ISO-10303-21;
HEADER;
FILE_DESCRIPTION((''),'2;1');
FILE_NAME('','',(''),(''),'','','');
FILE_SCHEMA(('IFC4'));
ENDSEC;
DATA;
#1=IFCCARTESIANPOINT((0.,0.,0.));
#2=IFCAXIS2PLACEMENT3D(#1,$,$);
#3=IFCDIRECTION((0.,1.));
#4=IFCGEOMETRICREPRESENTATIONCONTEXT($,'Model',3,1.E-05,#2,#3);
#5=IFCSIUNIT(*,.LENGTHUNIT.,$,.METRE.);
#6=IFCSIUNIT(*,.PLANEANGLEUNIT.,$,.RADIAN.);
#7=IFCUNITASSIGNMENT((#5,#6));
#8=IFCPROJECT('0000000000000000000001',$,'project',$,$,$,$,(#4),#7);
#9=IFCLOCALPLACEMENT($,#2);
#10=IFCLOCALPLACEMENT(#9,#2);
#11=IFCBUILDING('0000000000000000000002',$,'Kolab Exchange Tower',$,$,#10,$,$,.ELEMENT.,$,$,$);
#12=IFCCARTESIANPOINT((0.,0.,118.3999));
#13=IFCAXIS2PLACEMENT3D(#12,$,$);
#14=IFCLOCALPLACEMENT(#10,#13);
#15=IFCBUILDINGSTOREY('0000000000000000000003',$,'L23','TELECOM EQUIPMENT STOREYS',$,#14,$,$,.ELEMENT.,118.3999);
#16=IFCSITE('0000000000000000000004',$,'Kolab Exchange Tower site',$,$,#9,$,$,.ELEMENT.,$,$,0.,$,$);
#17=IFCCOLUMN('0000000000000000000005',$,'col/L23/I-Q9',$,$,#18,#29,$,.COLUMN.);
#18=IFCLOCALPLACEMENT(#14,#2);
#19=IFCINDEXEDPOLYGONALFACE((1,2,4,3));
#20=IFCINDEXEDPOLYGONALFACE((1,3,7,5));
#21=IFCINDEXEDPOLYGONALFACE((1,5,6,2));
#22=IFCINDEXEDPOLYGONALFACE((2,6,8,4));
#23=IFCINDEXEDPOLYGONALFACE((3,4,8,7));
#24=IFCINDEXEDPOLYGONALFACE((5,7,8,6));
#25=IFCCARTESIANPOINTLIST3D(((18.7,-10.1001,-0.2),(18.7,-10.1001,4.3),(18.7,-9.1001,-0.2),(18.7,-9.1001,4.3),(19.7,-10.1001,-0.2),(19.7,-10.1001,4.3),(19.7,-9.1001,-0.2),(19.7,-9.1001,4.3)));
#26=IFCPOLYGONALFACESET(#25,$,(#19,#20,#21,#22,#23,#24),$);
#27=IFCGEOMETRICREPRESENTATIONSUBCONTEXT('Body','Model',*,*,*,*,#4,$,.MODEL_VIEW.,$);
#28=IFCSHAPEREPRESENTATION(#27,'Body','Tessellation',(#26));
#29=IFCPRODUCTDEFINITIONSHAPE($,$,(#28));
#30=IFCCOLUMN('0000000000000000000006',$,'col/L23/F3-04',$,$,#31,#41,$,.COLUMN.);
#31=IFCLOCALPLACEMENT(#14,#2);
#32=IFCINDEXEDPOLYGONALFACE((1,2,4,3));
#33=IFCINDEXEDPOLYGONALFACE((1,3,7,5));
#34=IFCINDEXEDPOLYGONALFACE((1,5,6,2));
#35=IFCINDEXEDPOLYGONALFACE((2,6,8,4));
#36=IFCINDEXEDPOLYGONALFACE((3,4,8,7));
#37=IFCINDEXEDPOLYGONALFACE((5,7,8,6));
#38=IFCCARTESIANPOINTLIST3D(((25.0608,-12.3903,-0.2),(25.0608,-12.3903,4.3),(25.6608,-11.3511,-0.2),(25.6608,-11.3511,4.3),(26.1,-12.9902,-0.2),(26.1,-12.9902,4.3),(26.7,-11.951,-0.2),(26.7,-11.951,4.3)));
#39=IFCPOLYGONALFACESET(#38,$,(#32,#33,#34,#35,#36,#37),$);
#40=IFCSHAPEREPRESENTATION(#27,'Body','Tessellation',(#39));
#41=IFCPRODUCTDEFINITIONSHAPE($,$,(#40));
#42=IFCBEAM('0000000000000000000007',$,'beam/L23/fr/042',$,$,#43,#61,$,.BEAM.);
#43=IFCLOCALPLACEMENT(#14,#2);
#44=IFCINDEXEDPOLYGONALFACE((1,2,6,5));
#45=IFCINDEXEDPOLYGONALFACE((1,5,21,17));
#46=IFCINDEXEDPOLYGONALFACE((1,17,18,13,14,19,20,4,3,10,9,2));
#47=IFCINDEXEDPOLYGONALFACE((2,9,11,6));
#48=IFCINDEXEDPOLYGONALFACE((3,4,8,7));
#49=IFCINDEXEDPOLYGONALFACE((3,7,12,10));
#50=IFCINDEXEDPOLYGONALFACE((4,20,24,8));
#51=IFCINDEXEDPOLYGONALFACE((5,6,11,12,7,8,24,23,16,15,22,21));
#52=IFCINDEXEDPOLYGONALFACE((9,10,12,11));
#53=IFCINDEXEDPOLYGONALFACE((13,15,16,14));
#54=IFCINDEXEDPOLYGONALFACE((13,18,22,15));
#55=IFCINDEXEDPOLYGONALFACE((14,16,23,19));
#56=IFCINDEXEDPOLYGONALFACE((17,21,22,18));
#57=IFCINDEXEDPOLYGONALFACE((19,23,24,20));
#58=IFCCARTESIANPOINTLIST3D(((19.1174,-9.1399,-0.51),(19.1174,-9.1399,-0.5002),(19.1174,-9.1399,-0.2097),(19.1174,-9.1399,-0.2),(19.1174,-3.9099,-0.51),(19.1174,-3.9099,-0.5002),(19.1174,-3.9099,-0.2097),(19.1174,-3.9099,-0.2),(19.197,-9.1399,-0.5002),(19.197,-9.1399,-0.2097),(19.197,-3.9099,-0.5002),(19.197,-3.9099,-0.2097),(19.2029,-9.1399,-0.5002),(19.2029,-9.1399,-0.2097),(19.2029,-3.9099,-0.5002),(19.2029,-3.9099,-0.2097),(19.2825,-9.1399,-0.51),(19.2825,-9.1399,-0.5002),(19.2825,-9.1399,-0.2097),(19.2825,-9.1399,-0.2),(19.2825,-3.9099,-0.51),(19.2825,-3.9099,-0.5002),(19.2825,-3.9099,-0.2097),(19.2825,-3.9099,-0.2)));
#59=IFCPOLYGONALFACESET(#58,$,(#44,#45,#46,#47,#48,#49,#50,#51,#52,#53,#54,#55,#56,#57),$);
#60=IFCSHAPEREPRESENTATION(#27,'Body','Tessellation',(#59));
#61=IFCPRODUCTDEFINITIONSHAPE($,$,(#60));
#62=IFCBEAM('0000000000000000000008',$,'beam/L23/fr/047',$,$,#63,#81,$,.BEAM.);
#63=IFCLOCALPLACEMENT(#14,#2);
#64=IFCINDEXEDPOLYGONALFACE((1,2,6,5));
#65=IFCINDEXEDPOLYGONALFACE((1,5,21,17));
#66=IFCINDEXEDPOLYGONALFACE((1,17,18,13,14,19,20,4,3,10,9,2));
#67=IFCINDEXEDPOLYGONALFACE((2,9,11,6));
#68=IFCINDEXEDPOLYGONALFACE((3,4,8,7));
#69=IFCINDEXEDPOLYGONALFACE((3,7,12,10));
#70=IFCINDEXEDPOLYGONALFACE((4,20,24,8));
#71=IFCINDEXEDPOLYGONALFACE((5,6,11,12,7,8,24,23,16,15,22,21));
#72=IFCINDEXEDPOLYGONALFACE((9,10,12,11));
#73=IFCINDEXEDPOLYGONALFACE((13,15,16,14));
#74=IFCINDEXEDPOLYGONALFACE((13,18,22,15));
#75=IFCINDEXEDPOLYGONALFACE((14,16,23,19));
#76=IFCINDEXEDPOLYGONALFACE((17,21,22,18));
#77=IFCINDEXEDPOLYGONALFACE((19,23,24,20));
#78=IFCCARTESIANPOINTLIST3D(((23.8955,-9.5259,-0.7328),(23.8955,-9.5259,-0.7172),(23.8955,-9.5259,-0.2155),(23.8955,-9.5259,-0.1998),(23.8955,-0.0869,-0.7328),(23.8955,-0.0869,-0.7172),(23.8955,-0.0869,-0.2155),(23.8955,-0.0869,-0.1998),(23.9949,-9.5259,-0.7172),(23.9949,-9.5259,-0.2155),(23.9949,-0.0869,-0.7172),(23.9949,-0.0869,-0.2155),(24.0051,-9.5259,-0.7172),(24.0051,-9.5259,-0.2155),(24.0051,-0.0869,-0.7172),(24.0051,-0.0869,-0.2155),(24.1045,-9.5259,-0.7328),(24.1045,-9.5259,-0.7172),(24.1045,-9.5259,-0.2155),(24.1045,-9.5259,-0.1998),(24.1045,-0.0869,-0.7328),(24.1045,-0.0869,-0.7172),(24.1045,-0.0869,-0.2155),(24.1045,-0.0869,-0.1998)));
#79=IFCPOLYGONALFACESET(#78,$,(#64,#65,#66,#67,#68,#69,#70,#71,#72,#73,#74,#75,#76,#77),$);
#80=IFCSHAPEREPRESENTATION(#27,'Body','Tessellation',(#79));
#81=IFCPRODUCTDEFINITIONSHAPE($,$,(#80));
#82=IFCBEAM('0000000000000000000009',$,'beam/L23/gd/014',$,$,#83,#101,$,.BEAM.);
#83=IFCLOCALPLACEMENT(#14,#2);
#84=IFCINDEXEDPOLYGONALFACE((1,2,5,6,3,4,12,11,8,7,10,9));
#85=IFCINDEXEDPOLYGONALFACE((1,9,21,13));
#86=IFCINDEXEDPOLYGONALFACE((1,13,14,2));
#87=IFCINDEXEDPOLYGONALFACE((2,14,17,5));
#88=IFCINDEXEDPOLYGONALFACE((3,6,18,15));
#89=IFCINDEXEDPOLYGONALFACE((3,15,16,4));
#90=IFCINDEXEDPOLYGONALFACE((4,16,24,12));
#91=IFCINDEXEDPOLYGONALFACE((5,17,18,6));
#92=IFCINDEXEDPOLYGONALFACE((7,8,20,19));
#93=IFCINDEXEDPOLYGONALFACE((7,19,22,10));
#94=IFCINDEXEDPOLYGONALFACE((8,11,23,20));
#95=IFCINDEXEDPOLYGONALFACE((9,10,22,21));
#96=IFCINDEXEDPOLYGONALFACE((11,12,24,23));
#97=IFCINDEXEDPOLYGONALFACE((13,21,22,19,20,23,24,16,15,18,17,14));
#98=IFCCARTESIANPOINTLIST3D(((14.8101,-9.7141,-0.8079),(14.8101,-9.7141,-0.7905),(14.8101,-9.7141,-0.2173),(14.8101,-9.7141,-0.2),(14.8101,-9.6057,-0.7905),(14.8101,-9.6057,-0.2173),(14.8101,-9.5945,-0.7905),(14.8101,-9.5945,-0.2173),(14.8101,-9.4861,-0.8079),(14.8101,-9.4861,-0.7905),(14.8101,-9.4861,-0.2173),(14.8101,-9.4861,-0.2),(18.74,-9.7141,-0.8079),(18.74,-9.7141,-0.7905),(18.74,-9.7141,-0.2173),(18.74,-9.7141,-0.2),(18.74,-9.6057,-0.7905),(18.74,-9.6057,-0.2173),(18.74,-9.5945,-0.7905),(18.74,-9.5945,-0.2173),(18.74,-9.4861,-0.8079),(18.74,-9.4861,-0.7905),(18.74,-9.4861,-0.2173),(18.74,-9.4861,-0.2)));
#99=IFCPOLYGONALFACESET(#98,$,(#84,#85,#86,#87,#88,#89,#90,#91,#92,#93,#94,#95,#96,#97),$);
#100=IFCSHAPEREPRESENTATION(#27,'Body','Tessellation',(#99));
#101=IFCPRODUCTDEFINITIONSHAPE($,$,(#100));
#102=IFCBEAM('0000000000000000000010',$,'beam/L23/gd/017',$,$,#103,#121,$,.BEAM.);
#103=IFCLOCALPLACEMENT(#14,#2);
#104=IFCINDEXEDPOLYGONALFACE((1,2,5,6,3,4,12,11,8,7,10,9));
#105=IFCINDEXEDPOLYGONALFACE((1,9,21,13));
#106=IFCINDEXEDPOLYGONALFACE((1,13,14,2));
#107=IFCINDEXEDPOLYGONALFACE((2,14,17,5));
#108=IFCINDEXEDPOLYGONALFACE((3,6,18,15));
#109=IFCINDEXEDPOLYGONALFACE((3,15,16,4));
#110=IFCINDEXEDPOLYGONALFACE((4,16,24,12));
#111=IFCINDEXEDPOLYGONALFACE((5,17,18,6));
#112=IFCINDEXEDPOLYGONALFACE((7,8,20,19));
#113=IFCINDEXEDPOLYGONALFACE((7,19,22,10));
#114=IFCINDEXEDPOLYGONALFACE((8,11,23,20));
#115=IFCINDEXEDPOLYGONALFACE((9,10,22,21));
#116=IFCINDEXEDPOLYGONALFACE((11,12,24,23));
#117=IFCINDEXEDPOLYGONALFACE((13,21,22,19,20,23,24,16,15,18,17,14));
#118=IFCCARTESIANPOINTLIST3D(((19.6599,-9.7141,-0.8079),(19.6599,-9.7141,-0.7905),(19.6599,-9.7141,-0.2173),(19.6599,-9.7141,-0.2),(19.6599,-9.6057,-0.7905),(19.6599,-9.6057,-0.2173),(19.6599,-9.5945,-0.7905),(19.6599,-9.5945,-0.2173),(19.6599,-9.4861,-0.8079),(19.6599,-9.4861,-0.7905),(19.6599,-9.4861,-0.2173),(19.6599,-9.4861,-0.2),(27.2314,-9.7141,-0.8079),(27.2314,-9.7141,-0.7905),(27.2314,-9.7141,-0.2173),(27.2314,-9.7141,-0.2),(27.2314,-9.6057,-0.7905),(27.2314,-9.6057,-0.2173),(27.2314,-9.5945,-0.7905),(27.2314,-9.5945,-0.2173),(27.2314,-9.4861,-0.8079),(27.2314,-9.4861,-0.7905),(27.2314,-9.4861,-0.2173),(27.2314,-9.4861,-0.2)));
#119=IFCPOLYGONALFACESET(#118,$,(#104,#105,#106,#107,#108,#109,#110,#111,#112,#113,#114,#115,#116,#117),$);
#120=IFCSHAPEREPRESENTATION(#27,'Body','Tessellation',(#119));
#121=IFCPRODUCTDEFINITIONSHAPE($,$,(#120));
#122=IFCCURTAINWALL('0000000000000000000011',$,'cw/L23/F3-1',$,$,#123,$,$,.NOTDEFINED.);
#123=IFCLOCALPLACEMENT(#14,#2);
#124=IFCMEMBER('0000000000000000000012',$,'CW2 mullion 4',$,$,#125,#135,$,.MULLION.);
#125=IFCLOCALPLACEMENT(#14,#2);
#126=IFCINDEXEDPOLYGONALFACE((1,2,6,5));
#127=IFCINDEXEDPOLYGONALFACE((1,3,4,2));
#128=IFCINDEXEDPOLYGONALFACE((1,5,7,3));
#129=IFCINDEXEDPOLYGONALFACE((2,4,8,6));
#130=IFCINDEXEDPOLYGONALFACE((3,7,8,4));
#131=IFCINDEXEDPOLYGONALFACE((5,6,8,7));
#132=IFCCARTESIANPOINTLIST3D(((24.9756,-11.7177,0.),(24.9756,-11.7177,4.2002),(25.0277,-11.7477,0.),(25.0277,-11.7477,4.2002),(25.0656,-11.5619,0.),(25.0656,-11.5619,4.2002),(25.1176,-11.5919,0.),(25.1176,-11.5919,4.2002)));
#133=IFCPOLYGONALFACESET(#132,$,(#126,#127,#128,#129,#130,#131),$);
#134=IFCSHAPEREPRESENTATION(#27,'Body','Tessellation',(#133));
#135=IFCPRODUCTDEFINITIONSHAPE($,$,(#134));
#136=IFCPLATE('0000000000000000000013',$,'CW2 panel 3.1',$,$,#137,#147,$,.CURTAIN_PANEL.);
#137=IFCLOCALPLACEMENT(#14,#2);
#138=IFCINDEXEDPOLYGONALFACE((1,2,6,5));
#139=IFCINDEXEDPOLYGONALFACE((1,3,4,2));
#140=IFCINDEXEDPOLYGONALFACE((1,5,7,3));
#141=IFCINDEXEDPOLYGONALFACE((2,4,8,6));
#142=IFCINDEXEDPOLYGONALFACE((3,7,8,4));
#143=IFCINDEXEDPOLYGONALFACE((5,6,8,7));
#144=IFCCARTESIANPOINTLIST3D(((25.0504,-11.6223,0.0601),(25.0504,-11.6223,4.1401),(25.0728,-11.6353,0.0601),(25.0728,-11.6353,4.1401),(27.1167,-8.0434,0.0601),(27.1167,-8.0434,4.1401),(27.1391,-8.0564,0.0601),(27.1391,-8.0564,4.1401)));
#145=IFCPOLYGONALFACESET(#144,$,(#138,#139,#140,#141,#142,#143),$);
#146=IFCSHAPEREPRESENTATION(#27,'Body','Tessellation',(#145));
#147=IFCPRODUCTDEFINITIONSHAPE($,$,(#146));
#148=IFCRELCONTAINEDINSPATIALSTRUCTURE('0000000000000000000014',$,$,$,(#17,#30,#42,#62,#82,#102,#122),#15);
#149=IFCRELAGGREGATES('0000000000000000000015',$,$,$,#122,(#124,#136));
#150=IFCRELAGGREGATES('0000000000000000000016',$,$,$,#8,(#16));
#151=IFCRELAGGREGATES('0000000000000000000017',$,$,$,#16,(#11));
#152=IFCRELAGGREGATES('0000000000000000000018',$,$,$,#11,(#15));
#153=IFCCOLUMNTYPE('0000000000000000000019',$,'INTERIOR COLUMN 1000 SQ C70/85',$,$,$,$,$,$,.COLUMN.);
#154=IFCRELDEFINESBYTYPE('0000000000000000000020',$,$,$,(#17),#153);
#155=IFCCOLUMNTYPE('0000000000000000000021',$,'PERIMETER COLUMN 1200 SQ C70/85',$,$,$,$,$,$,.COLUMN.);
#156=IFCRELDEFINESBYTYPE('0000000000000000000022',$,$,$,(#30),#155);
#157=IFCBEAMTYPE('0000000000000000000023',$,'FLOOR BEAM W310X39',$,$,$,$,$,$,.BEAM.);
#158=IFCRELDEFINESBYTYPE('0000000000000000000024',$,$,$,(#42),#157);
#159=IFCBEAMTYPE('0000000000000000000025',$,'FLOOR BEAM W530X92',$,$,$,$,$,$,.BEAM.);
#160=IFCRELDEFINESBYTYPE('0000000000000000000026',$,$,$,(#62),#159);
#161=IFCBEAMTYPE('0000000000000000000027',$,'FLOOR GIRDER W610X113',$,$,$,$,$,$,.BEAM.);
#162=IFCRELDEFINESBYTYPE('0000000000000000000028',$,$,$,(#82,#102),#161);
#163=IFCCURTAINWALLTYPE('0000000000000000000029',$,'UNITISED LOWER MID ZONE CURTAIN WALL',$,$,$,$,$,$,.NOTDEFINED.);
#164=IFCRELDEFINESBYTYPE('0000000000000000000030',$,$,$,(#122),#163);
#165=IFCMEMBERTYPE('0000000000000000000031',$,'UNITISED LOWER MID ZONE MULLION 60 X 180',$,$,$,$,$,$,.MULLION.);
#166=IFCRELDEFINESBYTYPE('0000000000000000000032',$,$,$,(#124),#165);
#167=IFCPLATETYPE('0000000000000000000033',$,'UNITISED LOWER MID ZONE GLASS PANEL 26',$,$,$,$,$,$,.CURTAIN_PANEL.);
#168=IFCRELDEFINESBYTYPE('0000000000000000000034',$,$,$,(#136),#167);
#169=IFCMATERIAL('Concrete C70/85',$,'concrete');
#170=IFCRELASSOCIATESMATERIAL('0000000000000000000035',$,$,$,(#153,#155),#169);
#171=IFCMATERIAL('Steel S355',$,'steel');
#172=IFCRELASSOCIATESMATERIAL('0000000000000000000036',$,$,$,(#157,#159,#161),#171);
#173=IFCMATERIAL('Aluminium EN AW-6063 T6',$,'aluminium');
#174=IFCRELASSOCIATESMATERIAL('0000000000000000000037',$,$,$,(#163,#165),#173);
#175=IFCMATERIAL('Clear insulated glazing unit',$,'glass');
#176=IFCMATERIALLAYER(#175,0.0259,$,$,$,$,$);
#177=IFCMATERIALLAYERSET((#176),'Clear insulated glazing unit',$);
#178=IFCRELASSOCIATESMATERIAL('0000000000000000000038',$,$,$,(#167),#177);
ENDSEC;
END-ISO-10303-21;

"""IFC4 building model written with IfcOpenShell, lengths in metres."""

from ifc_helpers import new_model, si_unit, direction, frame, origin, origin_2d, place, context, subcontext, project, spatial, rectangle, i_section, extrude, material, layer, layer_set, material_profile, profile_set, type_object, element, aggregate, save


model = new_model("IFC4")

# Units and contexts
model_context = context("Model", 3, precision=1e-05, world=origin(), true_north=direction((0.0, 1.0)))
body_context = subcontext(model_context, "Body", "Model", "MODEL_VIEW")
ifc_project = project(units=[si_unit("LENGTHUNIT", "METRE"), si_unit("PLANEANGLEUNIT", "RADIAN")], contexts=[model_context])

# Site, building, storey
site_placement = place(None, origin())
site = spatial("IfcSite", under=ifc_project, at=site_placement, Name="Kolab Exchange Tower site", CompositionType="ELEMENT", RefElevation=0.0)
building_placement = place(site_placement, origin())
building = spatial("IfcBuilding", under=site, at=building_placement, Name="Kolab Exchange Tower", CompositionType="ELEMENT")
storey_placement = place(building_placement, frame((0.0, 0.0, 118.3999)))
storey = spatial("IfcBuildingStorey", under=building, at=storey_placement, Name="L23", Description="TELECOM EQUIPMENT STOREYS", CompositionType="ELEMENT", Elevation=118.3999)

# Columns
ifc_material_1 = material(Name="Concrete C70/85", Category="concrete")
ifc_material_profile_1 = material_profile(ifc_material_1, rectangle(XDim=1.0, YDim=1.0, at=origin_2d()), Name="RC1000")
ifc_profile_set_1 = profile_set([ifc_material_profile_1], Name="Concrete C70/85")
column_type_1 = type_object("IfcColumnType", Name="INTERIOR COLUMN 1000 SQ C70/85", PredefinedType="COLUMN", material=ifc_profile_set_1)
column_1_placement = place(storey_placement, frame((19.2, -9.6001, -0.2), z_axis=(0.0, 0.0, 1.0), x_axis=(1.0, 0.0, 0.0)))
element("IfcColumn", 1, at=column_1_placement, inside=storey, type_object=column_type_1, Name="col/L23/I-Q9", PredefinedType="COLUMN", context=body_context, shape_type="SweptSolid", body=[
    extrude(rectangle(XDim=1.0, YDim=1.0, at=origin_2d()), origin(), (0.0, 0.0, 1.0), 4.5),
])
ifc_material_profile_2 = material_profile(ifc_material_1, rectangle(XDim=1.2, YDim=1.2, at=origin_2d()), Name="RC1200")
ifc_profile_set_2 = profile_set([ifc_material_profile_2], Name="Concrete C70/85")
column_type_2 = type_object("IfcColumnType", Name="PERIMETER COLUMN 1200 SQ C70/85", PredefinedType="COLUMN", material=ifc_profile_set_2)
column_2_placement = place(storey_placement, frame((25.8804, -12.1707, -0.2), z_axis=(0.0, 0.0, 1.0), x_axis=(0.5, 0.866025, 0.0)))
element("IfcColumn", 2, at=column_2_placement, inside=storey, type_object=column_type_2, Name="col/L23/F3-04", PredefinedType="COLUMN", context=body_context, shape_type="SweptSolid", body=[
    extrude(rectangle(XDim=1.2, YDim=1.2, at=origin_2d()), origin(), (0.0, 0.0, 1.0), 4.5),
])

# Beams
ifc_material_2 = material(Name="Steel S355", Category="steel")
ifc_material_profile_3 = material_profile(ifc_material_2, i_section(OverallWidth=0.165, OverallDepth=0.3101, WebThickness=0.0059, FlangeThickness=0.0098, at=origin_2d()), Name="W310X39")
ifc_profile_set_3 = profile_set([ifc_material_profile_3], Name="Steel S355")
beam_type_1 = type_object("IfcBeamType", Name="FLOOR BEAM W310X39", PredefinedType="BEAM", material=ifc_profile_set_3)
beam_1_placement = place(storey_placement, frame((19.2, -9.1399, -0.355), z_axis=(0.0, 1.0, 0.0), x_axis=(-1.0, 0.0, 0.0)))
element("IfcBeam", 3, at=beam_1_placement, inside=storey, type_object=beam_type_1, Name="beam/L23/fr/042", PredefinedType="BEAM", context=body_context, shape_type="SweptSolid", body=[
    extrude(i_section(OverallWidth=0.165, OverallDepth=0.3101, WebThickness=0.0059, FlangeThickness=0.0098, at=origin_2d()), origin(), (0.0, 0.0, 1.0), 5.23),
])
ifc_material_profile_4 = material_profile(ifc_material_2, i_section(OverallWidth=0.209, OverallDepth=0.533, WebThickness=0.0103, FlangeThickness=0.0156, at=origin_2d()), Name="W530X92")
ifc_profile_set_4 = profile_set([ifc_material_profile_4], Name="Steel S355")
beam_type_2 = type_object("IfcBeamType", Name="FLOOR BEAM W530X92", PredefinedType="BEAM", material=ifc_profile_set_4)
beam_2_placement = place(storey_placement, frame((24.0, -9.5259, -0.4663), z_axis=(0.0, 1.0, 0.0), x_axis=(-1.0, 0.0, 0.0)))
element("IfcBeam", 4, at=beam_2_placement, inside=storey, type_object=beam_type_2, Name="beam/L23/fr/047", PredefinedType="BEAM", context=body_context, shape_type="SweptSolid", body=[
    extrude(i_section(OverallWidth=0.209, OverallDepth=0.533, WebThickness=0.0103, FlangeThickness=0.0156, at=origin_2d()), origin(), (0.0, 0.0, 1.0), 9.439),
])
ifc_material_profile_5 = material_profile(ifc_material_2, i_section(OverallWidth=0.228, OverallDepth=0.6079, WebThickness=0.0112, FlangeThickness=0.0173, at=origin_2d()), Name="W610X113")
ifc_profile_set_5 = profile_set([ifc_material_profile_5], Name="Steel S355")
beam_type_3 = type_object("IfcBeamType", Name="FLOOR GIRDER W610X113", PredefinedType="BEAM", material=ifc_profile_set_5)
beam_3_placement = place(storey_placement, frame((14.8101, -9.6001, -0.5039), z_axis=(1.0, 0.0, 0.0), x_axis=(0.0, 1.0, 0.0)))
element("IfcBeam", 5, at=beam_3_placement, inside=storey, type_object=beam_type_3, Name="beam/L23/gd/014", PredefinedType="BEAM", context=body_context, shape_type="SweptSolid", body=[
    extrude(i_section(OverallWidth=0.228, OverallDepth=0.6079, WebThickness=0.0112, FlangeThickness=0.0173, at=origin_2d()), origin(), (0.0, 0.0, 1.0), 3.9299),
])
beam_4_placement = place(storey_placement, frame((19.6599, -9.6001, -0.5039), z_axis=(1.0, 0.0, 0.0), x_axis=(0.0, 1.0, 0.0)))
element("IfcBeam", 6, at=beam_4_placement, inside=storey, type_object=beam_type_3, Name="beam/L23/gd/017", PredefinedType="BEAM", context=body_context, shape_type="SweptSolid", body=[
    extrude(i_section(OverallWidth=0.228, OverallDepth=0.6079, WebThickness=0.0112, FlangeThickness=0.0173, at=origin_2d()), origin(), (0.0, 0.0, 1.0), 7.5715),
])

# Curtain wall, member, plate
ifc_material_3 = material(Name="Aluminium EN AW-6063 T6", Category="aluminium")
curtain_wall_type = type_object("IfcCurtainWallType", Name="UNITISED LOWER MID ZONE CURTAIN WALL", PredefinedType="NOTDEFINED", material=ifc_material_3)
curtain_wall_placement = place(storey_placement, origin())
curtain_wall = element("IfcCurtainWall", 7, at=curtain_wall_placement, inside=storey, type_object=curtain_wall_type, Name="cw/L23/F3-1", PredefinedType="NOTDEFINED")
ifc_material_profile_6 = material_profile(ifc_material_3, rectangle(XDim=0.0601, YDim=0.1799, at=origin_2d()), Name="RECT 60X180")
ifc_profile_set_6 = profile_set([ifc_material_profile_6], Name="Aluminium EN AW-6063 T6")
member_type = type_object("IfcMemberType", Name="UNITISED LOWER MID ZONE MULLION 60 X 180", PredefinedType="MULLION", material=ifc_profile_set_6)
member_placement = place(storey_placement, frame((25.0466, -11.6548, 0.0), z_axis=(0.0, 0.0, 1.0), x_axis=(0.866025, -0.5, 0.0)))
member = element("IfcMember", 8, at=member_placement, type_object=member_type, Name="CW2 mullion 4", PredefinedType="MULLION", context=body_context, shape_type="SweptSolid", body=[
    extrude(rectangle(XDim=0.0601, YDim=0.1799, at=origin_2d()), origin(), (0.0, 0.0, 1.0), 4.2002),
])
ifc_material_4 = material(Name="Clear insulated glazing unit", Category="glass")
ifc_layer_1 = layer(ifc_material_4, 0.0259)
ifc_layer_set_1 = layer_set([ifc_layer_1], Name="Clear insulated glazing unit")
plate_type = type_object("IfcPlateType", Name="UNITISED LOWER MID ZONE GLASS PANEL 26", PredefinedType="CURTAIN_PANEL", material=ifc_layer_set_1)
plate_placement = place(storey_placement, frame((26.0947, -9.8394, 0.0601), z_axis=(0.0, 0.0, 1.0), x_axis=(-0.5, -0.866025, 0.0)))
plate = element("IfcPlate", 9, at=plate_placement, type_object=plate_type, Name="CW2 panel 3.1", PredefinedType="CURTAIN_PANEL", context=body_context, shape_type="SweptSolid", body=[
    extrude(rectangle(XDim=4.1326, YDim=0.0259, at=origin_2d()), origin(), (0.0, 0.0, 1.0), 4.0801),
])
aggregate(curtain_wall, [member, plate])

save(model, "model.ifc")
